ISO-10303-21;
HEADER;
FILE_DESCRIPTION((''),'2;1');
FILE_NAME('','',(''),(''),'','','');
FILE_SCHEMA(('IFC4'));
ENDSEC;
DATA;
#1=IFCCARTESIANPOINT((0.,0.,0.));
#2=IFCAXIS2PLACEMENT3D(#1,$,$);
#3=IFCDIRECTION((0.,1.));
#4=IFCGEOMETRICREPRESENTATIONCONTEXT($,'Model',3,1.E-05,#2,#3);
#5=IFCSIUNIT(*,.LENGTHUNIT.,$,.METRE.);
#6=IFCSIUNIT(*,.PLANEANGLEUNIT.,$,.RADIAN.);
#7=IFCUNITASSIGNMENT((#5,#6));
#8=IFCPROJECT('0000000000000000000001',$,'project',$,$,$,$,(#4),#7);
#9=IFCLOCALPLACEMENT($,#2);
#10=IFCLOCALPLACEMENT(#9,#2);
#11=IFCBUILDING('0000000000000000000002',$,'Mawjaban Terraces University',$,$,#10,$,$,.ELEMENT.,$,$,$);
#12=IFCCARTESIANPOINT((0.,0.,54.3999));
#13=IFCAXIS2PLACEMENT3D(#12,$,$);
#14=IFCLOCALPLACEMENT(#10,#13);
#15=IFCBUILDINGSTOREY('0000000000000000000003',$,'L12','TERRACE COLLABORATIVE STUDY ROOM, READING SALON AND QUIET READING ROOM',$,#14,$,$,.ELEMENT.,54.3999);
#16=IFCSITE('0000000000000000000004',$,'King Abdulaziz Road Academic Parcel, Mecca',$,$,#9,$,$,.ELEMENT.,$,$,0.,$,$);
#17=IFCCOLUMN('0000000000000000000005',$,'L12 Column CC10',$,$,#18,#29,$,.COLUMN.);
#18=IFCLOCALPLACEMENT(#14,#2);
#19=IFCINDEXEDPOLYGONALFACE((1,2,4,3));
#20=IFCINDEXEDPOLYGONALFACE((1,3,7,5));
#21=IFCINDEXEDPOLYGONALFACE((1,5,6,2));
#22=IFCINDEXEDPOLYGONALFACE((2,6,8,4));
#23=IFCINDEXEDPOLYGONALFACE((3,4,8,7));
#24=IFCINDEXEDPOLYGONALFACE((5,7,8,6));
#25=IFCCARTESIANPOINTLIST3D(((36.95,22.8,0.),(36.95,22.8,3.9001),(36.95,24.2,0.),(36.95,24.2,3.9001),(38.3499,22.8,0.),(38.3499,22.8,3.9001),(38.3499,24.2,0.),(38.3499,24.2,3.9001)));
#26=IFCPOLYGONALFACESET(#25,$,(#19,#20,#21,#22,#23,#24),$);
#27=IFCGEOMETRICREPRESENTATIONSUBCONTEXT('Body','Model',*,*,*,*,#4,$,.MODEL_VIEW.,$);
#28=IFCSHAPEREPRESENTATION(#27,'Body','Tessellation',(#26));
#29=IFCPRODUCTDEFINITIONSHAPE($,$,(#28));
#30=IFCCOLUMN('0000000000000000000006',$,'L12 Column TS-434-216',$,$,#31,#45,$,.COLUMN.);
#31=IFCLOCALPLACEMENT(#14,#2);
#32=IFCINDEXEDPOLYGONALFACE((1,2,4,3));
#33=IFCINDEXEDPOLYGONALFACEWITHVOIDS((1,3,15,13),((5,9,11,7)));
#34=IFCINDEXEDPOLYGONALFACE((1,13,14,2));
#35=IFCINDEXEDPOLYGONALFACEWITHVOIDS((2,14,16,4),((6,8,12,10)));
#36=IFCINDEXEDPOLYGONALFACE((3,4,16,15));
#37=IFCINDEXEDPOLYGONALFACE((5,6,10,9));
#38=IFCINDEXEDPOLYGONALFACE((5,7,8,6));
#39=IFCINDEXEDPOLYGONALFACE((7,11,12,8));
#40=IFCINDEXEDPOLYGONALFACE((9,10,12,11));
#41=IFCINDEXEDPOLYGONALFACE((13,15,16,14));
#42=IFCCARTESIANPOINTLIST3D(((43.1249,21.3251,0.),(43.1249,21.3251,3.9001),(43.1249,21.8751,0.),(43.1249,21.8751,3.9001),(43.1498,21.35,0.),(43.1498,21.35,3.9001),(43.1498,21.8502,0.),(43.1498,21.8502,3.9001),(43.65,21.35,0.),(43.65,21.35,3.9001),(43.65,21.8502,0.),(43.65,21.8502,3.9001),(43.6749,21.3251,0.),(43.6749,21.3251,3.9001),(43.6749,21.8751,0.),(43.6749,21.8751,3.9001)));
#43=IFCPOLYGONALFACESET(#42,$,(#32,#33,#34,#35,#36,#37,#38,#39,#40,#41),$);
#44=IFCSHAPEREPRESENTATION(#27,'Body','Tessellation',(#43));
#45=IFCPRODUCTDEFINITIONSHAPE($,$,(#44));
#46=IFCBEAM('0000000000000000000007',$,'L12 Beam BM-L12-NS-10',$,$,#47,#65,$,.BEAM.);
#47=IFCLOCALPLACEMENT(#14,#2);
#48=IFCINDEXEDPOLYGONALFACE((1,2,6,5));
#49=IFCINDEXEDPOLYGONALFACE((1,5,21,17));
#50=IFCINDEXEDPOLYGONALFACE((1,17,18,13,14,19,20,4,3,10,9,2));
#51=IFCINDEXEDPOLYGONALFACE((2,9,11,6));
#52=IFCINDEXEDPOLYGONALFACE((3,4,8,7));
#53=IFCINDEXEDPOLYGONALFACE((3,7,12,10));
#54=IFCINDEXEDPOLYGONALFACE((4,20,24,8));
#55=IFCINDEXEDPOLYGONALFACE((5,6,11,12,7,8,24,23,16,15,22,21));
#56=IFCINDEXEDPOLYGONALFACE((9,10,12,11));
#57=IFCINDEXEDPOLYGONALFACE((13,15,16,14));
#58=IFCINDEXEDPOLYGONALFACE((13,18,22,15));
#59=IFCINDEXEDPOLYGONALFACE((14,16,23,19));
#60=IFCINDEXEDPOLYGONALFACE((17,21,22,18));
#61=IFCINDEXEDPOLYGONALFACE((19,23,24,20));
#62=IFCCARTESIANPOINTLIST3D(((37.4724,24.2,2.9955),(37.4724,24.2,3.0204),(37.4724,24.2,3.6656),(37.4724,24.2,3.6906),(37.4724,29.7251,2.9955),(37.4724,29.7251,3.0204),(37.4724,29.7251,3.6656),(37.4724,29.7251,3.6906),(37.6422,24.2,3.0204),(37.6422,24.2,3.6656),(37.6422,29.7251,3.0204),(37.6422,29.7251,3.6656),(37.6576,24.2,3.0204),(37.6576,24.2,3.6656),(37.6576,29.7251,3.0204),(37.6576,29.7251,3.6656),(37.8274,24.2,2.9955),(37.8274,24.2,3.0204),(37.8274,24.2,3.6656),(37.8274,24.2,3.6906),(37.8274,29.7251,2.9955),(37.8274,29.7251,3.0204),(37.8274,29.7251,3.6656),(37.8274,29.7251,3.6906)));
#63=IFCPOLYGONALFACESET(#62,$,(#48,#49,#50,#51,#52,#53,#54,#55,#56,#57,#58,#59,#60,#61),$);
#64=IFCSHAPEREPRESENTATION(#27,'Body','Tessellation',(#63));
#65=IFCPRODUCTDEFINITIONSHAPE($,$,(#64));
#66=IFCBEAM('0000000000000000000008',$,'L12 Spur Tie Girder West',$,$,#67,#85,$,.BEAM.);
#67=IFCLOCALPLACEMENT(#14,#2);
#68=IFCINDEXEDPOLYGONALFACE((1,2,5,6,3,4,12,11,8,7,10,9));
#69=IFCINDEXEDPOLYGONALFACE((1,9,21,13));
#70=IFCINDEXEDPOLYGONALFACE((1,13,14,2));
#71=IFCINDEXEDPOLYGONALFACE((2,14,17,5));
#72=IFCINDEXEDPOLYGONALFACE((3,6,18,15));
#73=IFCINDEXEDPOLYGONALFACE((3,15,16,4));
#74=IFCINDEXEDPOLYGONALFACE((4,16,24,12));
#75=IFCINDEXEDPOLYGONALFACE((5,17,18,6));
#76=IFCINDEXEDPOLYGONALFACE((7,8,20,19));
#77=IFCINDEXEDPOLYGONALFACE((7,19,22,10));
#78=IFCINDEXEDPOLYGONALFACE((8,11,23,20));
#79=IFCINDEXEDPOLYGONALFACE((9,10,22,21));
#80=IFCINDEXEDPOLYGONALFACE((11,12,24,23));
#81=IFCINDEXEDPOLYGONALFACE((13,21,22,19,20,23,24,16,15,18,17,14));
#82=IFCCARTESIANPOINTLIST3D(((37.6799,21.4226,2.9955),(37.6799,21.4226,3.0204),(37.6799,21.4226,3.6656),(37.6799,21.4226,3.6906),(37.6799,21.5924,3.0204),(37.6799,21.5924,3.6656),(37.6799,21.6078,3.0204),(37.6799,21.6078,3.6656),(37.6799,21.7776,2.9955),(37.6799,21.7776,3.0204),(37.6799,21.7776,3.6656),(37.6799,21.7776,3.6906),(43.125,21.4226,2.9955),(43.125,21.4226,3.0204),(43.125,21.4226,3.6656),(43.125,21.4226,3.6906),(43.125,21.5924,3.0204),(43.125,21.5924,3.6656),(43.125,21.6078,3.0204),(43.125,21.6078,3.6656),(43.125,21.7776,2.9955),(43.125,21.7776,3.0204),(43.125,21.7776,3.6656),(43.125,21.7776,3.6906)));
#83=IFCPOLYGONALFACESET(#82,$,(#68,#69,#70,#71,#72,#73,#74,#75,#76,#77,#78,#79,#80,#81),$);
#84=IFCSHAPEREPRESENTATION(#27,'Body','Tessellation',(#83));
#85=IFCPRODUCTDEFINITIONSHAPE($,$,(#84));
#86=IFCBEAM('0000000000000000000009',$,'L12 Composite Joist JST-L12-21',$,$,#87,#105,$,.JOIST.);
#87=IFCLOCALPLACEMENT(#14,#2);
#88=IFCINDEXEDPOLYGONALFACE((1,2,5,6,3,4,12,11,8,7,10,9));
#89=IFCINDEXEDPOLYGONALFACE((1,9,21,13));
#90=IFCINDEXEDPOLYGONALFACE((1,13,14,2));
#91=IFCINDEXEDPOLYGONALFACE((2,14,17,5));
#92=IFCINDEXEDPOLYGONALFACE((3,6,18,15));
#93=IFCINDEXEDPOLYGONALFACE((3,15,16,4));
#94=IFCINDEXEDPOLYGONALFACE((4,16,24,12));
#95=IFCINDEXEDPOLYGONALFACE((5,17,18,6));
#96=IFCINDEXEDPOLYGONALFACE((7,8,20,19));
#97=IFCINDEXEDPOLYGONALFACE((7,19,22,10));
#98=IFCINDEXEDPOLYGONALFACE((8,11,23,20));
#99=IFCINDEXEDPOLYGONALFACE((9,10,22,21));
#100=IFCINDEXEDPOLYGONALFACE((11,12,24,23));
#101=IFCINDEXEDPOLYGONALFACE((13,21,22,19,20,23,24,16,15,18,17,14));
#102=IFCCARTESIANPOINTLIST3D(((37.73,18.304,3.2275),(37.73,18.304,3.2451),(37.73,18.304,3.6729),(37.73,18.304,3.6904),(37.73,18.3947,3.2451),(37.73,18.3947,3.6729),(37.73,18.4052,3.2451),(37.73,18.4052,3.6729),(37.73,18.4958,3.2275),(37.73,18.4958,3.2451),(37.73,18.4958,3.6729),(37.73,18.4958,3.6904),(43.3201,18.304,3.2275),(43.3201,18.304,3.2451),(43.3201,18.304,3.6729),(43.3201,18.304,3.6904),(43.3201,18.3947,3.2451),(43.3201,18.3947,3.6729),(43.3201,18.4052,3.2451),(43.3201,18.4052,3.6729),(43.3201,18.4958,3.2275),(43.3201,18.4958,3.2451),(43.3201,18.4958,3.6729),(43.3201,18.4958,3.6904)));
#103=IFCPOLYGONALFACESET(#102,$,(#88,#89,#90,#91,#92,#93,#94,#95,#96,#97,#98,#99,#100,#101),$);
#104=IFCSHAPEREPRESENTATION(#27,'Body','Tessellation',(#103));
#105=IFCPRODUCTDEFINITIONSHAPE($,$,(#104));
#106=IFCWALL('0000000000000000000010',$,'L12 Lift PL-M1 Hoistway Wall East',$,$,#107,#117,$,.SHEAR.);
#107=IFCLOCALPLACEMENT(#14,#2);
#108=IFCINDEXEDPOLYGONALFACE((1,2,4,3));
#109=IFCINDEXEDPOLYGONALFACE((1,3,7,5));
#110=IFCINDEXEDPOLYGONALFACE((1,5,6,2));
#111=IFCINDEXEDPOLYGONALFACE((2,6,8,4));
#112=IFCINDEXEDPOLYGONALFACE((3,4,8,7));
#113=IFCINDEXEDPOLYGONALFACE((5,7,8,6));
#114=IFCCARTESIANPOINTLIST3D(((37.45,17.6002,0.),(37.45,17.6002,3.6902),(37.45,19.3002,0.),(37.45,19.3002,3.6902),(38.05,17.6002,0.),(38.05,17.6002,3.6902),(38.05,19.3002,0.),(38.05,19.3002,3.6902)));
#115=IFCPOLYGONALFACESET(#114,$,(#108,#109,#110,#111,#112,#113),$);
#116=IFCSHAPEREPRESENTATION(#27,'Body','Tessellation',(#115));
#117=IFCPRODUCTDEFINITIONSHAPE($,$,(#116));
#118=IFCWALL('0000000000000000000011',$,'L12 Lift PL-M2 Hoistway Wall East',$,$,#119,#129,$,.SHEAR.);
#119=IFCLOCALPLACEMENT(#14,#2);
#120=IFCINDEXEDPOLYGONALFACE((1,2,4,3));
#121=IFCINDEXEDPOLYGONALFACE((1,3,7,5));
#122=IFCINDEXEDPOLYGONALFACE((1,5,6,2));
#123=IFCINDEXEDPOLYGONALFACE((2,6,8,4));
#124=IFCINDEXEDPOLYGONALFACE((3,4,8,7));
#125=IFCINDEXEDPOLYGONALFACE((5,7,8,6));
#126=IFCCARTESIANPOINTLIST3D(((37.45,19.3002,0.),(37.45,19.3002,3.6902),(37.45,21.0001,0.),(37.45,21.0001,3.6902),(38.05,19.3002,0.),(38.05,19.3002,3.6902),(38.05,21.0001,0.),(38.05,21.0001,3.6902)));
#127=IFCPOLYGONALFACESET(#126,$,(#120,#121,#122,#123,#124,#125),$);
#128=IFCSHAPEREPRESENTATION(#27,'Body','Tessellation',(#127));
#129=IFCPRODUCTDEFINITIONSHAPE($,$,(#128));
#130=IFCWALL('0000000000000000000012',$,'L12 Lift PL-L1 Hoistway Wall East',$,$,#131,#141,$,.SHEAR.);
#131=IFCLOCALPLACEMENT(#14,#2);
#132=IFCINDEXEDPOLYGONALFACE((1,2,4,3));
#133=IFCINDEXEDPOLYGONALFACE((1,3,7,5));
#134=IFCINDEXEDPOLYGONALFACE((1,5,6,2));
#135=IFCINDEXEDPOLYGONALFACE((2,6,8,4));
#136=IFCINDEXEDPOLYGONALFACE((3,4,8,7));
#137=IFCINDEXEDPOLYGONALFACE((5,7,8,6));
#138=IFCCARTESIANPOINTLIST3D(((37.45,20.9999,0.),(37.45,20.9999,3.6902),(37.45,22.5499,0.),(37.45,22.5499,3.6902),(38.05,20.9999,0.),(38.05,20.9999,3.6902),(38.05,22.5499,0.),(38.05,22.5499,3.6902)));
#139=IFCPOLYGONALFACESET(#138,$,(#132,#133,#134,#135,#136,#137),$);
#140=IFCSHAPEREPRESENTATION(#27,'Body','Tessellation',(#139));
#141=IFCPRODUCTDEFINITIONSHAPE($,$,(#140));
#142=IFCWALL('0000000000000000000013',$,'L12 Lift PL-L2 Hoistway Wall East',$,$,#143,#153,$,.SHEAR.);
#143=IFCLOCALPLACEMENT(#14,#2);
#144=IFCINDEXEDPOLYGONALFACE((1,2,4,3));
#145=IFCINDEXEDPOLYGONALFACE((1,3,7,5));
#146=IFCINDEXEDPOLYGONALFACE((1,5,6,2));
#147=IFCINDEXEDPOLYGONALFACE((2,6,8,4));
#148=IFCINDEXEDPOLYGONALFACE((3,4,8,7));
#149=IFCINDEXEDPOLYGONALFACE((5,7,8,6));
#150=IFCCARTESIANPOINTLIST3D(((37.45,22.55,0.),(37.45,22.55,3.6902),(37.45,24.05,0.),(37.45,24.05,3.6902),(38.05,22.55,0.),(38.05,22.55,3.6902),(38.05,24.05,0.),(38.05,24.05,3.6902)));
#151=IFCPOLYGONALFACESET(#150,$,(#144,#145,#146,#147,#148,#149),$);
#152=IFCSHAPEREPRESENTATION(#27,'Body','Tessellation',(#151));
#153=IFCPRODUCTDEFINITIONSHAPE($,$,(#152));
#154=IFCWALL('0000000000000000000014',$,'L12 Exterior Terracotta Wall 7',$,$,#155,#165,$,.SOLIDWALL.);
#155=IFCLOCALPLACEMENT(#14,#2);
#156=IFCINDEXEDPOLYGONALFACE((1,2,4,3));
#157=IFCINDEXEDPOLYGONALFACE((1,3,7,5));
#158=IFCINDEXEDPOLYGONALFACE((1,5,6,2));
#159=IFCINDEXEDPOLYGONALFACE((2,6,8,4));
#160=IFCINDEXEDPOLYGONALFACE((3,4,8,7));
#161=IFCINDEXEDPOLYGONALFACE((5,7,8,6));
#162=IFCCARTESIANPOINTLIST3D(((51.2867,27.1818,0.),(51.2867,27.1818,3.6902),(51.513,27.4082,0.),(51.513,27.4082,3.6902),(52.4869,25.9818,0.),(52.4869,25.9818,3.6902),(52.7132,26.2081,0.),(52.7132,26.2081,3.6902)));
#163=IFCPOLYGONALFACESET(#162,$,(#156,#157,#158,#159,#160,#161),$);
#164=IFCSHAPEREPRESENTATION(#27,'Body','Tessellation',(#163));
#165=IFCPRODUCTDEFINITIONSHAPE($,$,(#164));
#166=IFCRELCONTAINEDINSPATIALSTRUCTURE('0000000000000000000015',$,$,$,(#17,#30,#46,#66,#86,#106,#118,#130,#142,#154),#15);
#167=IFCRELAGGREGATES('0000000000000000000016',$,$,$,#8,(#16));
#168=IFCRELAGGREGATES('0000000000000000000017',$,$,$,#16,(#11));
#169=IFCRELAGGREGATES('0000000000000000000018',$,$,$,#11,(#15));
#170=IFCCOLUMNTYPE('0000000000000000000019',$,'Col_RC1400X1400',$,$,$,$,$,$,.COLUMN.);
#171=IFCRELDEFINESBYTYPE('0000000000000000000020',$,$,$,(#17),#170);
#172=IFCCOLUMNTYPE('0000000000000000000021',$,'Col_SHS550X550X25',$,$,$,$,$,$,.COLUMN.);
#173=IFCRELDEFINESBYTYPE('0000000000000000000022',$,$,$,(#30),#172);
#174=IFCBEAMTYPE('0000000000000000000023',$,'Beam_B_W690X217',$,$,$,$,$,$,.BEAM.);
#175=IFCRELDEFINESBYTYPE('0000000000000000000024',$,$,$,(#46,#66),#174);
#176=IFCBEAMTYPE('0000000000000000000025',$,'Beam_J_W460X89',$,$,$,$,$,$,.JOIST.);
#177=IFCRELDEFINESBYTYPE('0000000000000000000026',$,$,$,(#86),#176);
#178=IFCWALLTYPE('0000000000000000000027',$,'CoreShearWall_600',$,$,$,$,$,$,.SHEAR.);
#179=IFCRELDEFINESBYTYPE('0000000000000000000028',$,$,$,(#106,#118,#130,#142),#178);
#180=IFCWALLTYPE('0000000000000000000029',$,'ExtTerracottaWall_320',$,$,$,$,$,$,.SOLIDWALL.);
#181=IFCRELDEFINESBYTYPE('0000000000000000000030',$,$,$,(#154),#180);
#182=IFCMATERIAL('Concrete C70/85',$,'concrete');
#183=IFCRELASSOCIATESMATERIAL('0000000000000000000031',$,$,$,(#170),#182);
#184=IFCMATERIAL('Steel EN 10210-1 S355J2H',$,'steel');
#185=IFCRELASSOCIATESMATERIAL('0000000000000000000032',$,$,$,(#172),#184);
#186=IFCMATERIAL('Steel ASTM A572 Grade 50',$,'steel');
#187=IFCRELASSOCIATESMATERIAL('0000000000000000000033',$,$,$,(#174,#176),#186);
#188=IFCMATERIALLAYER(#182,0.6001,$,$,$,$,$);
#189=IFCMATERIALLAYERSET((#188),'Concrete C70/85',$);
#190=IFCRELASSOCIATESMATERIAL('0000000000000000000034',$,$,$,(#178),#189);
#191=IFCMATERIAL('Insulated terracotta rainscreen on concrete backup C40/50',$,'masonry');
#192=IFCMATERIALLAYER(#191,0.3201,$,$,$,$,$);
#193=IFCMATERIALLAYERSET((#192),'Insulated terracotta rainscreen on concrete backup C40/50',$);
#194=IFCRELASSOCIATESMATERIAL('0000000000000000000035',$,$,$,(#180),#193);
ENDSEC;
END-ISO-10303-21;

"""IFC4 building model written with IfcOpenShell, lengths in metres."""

from ifc_helpers import new_model, si_unit, direction, frame, frame_2d, origin, origin_2d, place, context, subcontext, project, spatial, rectangle, hollow_rectangle, i_section, extrude, material, layer, layer_set, material_profile, profile_set, type_object, element, save


model = new_model("IFC4")

# Units and contexts
model_context = context("Model", 3, precision=1e-05, world=origin(), true_north=direction((0.0, 1.0)))
body_context = subcontext(model_context, "Body", "Model", "MODEL_VIEW")
ifc_project = project(units=[si_unit("LENGTHUNIT", "METRE"), si_unit("PLANEANGLEUNIT", "RADIAN")], contexts=[model_context])

# Site, building, storey
site_placement = place(None, origin())
site = spatial("IfcSite", under=ifc_project, at=site_placement, Name="King Abdulaziz Road Academic Parcel, Mecca", CompositionType="ELEMENT", RefElevation=0.0)
building_placement = place(site_placement, origin())
building = spatial("IfcBuilding", under=site, at=building_placement, Name="Mawjaban Terraces University", CompositionType="ELEMENT")
storey_placement = place(building_placement, frame((0.0, 0.0, 54.3999)))
storey = spatial("IfcBuildingStorey", under=building, at=storey_placement, Name="L12", Description="TERRACE COLLABORATIVE STUDY ROOM, READING SALON AND QUIET READING ROOM", CompositionType="ELEMENT", Elevation=54.3999)

# Columns
ifc_material_1 = material(Name="Concrete C70/85", Category="concrete")
ifc_material_profile_1 = material_profile(ifc_material_1, rectangle(XDim=1.3999, YDim=1.3999, at=origin_2d()), Name="RC1400X1400")
ifc_profile_set_1 = profile_set([ifc_material_profile_1], Name="Concrete C70/85")
column_type_1 = type_object("IfcColumnType", Name="Col_RC1400X1400", PredefinedType="COLUMN", material=ifc_profile_set_1)
column_1_placement = place(storey_placement, frame((37.6499, 23.5, 0.0), z_axis=(0.0, 0.0, 1.0), x_axis=(1.0, 0.0, 0.0)))
element("IfcColumn", 1, at=column_1_placement, inside=storey, type_object=column_type_1, Name="L12 Column CC10", PredefinedType="COLUMN", context=body_context, shape_type="SweptSolid", body=[
    extrude(rectangle(XDim=1.3999, YDim=1.3999, at=origin_2d()), origin(), (0.0, 0.0, 1.0), 3.9001),
])
ifc_material_2 = material(Name="Steel EN 10210-1 S355J2H", Category="steel")
ifc_material_profile_2 = material_profile(ifc_material_2, hollow_rectangle(XDim=0.55, YDim=0.55, WallThickness=0.0249, at=origin_2d()), Name="SHS550X550X25")
ifc_profile_set_2 = profile_set([ifc_material_profile_2], Name="Steel EN 10210-1 S355J2H")
column_type_2 = type_object("IfcColumnType", Name="Col_SHS550X550X25", PredefinedType="COLUMN", material=ifc_profile_set_2)
column_2_placement = place(storey_placement, frame((43.3999, 21.6001, 0.0), z_axis=(0.0, 0.0, 1.0), x_axis=(1.0, 0.0, 0.0)))
element("IfcColumn", 2, at=column_2_placement, inside=storey, type_object=column_type_2, Name="L12 Column TS-434-216", PredefinedType="COLUMN", context=body_context, shape_type="SweptSolid", body=[
    extrude(hollow_rectangle(XDim=0.55, YDim=0.55, WallThickness=0.0249, at=origin_2d()), origin(), (0.0, 0.0, 1.0), 3.9001),
])

# Beams
ifc_material_3 = material(Name="Steel ASTM A572 Grade 50", Category="steel")
ifc_material_profile_3 = material_profile(ifc_material_3, i_section(OverallWidth=0.355, OverallDepth=0.6951, WebThickness=0.0154, FlangeThickness=0.0249, at=origin_2d()), Name="W690X217")
ifc_profile_set_3 = profile_set([ifc_material_profile_3], Name="Steel ASTM A572 Grade 50")
beam_type_1 = type_object("IfcBeamType", Name="Beam_B_W690X217", PredefinedType="BEAM", material=ifc_profile_set_3)
beam_1_placement = place(storey_placement, frame((37.6499, 24.2, 3.343), z_axis=(0.0, 1.0, 0.0), x_axis=(-1.0, 0.0, 0.0)))
element("IfcBeam", 3, at=beam_1_placement, inside=storey, type_object=beam_type_1, Name="L12 Beam BM-L12-NS-10", PredefinedType="BEAM", context=body_context, shape_type="SweptSolid", body=[
    extrude(i_section(OverallWidth=0.355, OverallDepth=0.6951, WebThickness=0.0154, FlangeThickness=0.0249, at=origin_2d()), origin(), (0.0, 0.0, 1.0), 5.5251),
])
beam_2_placement = place(storey_placement, frame((37.6799, 21.6001, 3.343), z_axis=(1.0, 0.0, 0.0), x_axis=(0.0, 1.0, 0.0)))
element("IfcBeam", 4, at=beam_2_placement, inside=storey, type_object=beam_type_1, Name="L12 Spur Tie Girder West", PredefinedType="BEAM", context=body_context, shape_type="SweptSolid", body=[
    extrude(i_section(OverallWidth=0.355, OverallDepth=0.6951, WebThickness=0.0154, FlangeThickness=0.0249, at=origin_2d()), origin(), (0.0, 0.0, 1.0), 5.4451),
])
ifc_material_profile_4 = material_profile(ifc_material_3, i_section(OverallWidth=0.1919, OverallDepth=0.4629, WebThickness=0.0105, FlangeThickness=0.0176, at=origin_2d()), Name="W460X89")
ifc_profile_set_4 = profile_set([ifc_material_profile_4], Name="Steel ASTM A572 Grade 50")
beam_type_2 = type_object("IfcBeamType", Name="Beam_J_W460X89", PredefinedType="JOIST", material=ifc_profile_set_4)
beam_3_placement = place(storey_placement, frame((37.73, 18.3999, 3.459), z_axis=(1.0, 0.0, 0.0), x_axis=(0.0, 1.0, 0.0)))
element("IfcBeam", 5, at=beam_3_placement, inside=storey, type_object=beam_type_2, Name="L12 Composite Joist JST-L12-21", PredefinedType="JOIST", context=body_context, shape_type="SweptSolid", body=[
    extrude(i_section(OverallWidth=0.1919, OverallDepth=0.4629, WebThickness=0.0105, FlangeThickness=0.0176, at=origin_2d()), origin(), (0.0, 0.0, 1.0), 5.5901),
])

# Walls
ifc_layer_1 = layer(ifc_material_1, 0.6001)
ifc_layer_set_1 = layer_set([ifc_layer_1], Name="Concrete C70/85")
wall_type_1 = type_object("IfcWallType", Name="CoreShearWall_600", PredefinedType="SHEAR", material=ifc_layer_set_1)
for number, where, z_axis, x_axis, name in (
    (6, (37.75, 17.6001, 0.0), (0.0, 0.0, 1.0), (0.0, 1.0, 0.0), "L12 Lift PL-M1 Hoistway Wall East"),
    (7, (37.75, 19.3, 0.0), (0.0, 0.0, 1.0), (0.0, 1.0, 0.0), "L12 Lift PL-M2 Hoistway Wall East"),
):
    element("IfcWall", number, at=place(storey_placement, frame(where, z_axis=z_axis, x_axis=x_axis)), inside=storey, type_object=wall_type_1, Name=name, PredefinedType="SHEAR", context=body_context, shape_type="SweptSolid", body=[
        extrude(rectangle(XDim=1.7, YDim=0.6001, at=frame_2d((0.8501, 0.0))), origin(), (0.0, 0.0, 1.0), 3.6902),
    ])
wall_1_placement = place(storey_placement, frame((37.75, 21.0, 0.0), z_axis=(0.0, 0.0, 1.0), x_axis=(0.0, 1.0, 0.0)))
element("IfcWall", 8, at=wall_1_placement, inside=storey, type_object=wall_type_1, Name="L12 Lift PL-L1 Hoistway Wall East", PredefinedType="SHEAR", context=body_context, shape_type="SweptSolid", body=[
    extrude(rectangle(XDim=1.55, YDim=0.6001, at=frame_2d((0.7749, 0.0))), origin(), (0.0, 0.0, 1.0), 3.6902),
])
wall_2_placement = place(storey_placement, frame((37.75, 22.55, 0.0), z_axis=(0.0, 0.0, 1.0), x_axis=(0.0, 1.0, 0.0)))
element("IfcWall", 9, at=wall_2_placement, inside=storey, type_object=wall_type_1, Name="L12 Lift PL-L2 Hoistway Wall East", PredefinedType="SHEAR", context=body_context, shape_type="SweptSolid", body=[
    extrude(rectangle(XDim=1.5, YDim=0.6001, at=frame_2d((0.75, 0.0))), origin(), (0.0, 0.0, 1.0), 3.6902),
])
ifc_material_4 = material(Name="Insulated terracotta rainscreen on concrete backup C40/50", Category="masonry")
ifc_layer_2 = layer(ifc_material_4, 0.3201)
ifc_layer_set_2 = layer_set([ifc_layer_2], Name="Insulated terracotta rainscreen on concrete backup C40/50")
wall_type_2 = type_object("IfcWallType", Name="ExtTerracottaWall_320", PredefinedType="SOLIDWALL", material=ifc_layer_set_2)
wall_3_placement = place(storey_placement, frame((52.6001, 26.095, 0.0), z_axis=(0.0, 0.0, 1.0), x_axis=(-0.707179, 0.707035, 0.0)))
element("IfcWall", 10, at=wall_3_placement, inside=storey, type_object=wall_type_2, Name="L12 Exterior Terracotta Wall 7", PredefinedType="SOLIDWALL", context=body_context, shape_type="SweptSolid", body=[
    extrude(rectangle(XDim=1.6973, YDim=0.3201, at=frame_2d((0.8486, 0.0))), origin(), (0.0, 0.0, 1.0), 3.6902),
])

save(model, "model.ifc")
